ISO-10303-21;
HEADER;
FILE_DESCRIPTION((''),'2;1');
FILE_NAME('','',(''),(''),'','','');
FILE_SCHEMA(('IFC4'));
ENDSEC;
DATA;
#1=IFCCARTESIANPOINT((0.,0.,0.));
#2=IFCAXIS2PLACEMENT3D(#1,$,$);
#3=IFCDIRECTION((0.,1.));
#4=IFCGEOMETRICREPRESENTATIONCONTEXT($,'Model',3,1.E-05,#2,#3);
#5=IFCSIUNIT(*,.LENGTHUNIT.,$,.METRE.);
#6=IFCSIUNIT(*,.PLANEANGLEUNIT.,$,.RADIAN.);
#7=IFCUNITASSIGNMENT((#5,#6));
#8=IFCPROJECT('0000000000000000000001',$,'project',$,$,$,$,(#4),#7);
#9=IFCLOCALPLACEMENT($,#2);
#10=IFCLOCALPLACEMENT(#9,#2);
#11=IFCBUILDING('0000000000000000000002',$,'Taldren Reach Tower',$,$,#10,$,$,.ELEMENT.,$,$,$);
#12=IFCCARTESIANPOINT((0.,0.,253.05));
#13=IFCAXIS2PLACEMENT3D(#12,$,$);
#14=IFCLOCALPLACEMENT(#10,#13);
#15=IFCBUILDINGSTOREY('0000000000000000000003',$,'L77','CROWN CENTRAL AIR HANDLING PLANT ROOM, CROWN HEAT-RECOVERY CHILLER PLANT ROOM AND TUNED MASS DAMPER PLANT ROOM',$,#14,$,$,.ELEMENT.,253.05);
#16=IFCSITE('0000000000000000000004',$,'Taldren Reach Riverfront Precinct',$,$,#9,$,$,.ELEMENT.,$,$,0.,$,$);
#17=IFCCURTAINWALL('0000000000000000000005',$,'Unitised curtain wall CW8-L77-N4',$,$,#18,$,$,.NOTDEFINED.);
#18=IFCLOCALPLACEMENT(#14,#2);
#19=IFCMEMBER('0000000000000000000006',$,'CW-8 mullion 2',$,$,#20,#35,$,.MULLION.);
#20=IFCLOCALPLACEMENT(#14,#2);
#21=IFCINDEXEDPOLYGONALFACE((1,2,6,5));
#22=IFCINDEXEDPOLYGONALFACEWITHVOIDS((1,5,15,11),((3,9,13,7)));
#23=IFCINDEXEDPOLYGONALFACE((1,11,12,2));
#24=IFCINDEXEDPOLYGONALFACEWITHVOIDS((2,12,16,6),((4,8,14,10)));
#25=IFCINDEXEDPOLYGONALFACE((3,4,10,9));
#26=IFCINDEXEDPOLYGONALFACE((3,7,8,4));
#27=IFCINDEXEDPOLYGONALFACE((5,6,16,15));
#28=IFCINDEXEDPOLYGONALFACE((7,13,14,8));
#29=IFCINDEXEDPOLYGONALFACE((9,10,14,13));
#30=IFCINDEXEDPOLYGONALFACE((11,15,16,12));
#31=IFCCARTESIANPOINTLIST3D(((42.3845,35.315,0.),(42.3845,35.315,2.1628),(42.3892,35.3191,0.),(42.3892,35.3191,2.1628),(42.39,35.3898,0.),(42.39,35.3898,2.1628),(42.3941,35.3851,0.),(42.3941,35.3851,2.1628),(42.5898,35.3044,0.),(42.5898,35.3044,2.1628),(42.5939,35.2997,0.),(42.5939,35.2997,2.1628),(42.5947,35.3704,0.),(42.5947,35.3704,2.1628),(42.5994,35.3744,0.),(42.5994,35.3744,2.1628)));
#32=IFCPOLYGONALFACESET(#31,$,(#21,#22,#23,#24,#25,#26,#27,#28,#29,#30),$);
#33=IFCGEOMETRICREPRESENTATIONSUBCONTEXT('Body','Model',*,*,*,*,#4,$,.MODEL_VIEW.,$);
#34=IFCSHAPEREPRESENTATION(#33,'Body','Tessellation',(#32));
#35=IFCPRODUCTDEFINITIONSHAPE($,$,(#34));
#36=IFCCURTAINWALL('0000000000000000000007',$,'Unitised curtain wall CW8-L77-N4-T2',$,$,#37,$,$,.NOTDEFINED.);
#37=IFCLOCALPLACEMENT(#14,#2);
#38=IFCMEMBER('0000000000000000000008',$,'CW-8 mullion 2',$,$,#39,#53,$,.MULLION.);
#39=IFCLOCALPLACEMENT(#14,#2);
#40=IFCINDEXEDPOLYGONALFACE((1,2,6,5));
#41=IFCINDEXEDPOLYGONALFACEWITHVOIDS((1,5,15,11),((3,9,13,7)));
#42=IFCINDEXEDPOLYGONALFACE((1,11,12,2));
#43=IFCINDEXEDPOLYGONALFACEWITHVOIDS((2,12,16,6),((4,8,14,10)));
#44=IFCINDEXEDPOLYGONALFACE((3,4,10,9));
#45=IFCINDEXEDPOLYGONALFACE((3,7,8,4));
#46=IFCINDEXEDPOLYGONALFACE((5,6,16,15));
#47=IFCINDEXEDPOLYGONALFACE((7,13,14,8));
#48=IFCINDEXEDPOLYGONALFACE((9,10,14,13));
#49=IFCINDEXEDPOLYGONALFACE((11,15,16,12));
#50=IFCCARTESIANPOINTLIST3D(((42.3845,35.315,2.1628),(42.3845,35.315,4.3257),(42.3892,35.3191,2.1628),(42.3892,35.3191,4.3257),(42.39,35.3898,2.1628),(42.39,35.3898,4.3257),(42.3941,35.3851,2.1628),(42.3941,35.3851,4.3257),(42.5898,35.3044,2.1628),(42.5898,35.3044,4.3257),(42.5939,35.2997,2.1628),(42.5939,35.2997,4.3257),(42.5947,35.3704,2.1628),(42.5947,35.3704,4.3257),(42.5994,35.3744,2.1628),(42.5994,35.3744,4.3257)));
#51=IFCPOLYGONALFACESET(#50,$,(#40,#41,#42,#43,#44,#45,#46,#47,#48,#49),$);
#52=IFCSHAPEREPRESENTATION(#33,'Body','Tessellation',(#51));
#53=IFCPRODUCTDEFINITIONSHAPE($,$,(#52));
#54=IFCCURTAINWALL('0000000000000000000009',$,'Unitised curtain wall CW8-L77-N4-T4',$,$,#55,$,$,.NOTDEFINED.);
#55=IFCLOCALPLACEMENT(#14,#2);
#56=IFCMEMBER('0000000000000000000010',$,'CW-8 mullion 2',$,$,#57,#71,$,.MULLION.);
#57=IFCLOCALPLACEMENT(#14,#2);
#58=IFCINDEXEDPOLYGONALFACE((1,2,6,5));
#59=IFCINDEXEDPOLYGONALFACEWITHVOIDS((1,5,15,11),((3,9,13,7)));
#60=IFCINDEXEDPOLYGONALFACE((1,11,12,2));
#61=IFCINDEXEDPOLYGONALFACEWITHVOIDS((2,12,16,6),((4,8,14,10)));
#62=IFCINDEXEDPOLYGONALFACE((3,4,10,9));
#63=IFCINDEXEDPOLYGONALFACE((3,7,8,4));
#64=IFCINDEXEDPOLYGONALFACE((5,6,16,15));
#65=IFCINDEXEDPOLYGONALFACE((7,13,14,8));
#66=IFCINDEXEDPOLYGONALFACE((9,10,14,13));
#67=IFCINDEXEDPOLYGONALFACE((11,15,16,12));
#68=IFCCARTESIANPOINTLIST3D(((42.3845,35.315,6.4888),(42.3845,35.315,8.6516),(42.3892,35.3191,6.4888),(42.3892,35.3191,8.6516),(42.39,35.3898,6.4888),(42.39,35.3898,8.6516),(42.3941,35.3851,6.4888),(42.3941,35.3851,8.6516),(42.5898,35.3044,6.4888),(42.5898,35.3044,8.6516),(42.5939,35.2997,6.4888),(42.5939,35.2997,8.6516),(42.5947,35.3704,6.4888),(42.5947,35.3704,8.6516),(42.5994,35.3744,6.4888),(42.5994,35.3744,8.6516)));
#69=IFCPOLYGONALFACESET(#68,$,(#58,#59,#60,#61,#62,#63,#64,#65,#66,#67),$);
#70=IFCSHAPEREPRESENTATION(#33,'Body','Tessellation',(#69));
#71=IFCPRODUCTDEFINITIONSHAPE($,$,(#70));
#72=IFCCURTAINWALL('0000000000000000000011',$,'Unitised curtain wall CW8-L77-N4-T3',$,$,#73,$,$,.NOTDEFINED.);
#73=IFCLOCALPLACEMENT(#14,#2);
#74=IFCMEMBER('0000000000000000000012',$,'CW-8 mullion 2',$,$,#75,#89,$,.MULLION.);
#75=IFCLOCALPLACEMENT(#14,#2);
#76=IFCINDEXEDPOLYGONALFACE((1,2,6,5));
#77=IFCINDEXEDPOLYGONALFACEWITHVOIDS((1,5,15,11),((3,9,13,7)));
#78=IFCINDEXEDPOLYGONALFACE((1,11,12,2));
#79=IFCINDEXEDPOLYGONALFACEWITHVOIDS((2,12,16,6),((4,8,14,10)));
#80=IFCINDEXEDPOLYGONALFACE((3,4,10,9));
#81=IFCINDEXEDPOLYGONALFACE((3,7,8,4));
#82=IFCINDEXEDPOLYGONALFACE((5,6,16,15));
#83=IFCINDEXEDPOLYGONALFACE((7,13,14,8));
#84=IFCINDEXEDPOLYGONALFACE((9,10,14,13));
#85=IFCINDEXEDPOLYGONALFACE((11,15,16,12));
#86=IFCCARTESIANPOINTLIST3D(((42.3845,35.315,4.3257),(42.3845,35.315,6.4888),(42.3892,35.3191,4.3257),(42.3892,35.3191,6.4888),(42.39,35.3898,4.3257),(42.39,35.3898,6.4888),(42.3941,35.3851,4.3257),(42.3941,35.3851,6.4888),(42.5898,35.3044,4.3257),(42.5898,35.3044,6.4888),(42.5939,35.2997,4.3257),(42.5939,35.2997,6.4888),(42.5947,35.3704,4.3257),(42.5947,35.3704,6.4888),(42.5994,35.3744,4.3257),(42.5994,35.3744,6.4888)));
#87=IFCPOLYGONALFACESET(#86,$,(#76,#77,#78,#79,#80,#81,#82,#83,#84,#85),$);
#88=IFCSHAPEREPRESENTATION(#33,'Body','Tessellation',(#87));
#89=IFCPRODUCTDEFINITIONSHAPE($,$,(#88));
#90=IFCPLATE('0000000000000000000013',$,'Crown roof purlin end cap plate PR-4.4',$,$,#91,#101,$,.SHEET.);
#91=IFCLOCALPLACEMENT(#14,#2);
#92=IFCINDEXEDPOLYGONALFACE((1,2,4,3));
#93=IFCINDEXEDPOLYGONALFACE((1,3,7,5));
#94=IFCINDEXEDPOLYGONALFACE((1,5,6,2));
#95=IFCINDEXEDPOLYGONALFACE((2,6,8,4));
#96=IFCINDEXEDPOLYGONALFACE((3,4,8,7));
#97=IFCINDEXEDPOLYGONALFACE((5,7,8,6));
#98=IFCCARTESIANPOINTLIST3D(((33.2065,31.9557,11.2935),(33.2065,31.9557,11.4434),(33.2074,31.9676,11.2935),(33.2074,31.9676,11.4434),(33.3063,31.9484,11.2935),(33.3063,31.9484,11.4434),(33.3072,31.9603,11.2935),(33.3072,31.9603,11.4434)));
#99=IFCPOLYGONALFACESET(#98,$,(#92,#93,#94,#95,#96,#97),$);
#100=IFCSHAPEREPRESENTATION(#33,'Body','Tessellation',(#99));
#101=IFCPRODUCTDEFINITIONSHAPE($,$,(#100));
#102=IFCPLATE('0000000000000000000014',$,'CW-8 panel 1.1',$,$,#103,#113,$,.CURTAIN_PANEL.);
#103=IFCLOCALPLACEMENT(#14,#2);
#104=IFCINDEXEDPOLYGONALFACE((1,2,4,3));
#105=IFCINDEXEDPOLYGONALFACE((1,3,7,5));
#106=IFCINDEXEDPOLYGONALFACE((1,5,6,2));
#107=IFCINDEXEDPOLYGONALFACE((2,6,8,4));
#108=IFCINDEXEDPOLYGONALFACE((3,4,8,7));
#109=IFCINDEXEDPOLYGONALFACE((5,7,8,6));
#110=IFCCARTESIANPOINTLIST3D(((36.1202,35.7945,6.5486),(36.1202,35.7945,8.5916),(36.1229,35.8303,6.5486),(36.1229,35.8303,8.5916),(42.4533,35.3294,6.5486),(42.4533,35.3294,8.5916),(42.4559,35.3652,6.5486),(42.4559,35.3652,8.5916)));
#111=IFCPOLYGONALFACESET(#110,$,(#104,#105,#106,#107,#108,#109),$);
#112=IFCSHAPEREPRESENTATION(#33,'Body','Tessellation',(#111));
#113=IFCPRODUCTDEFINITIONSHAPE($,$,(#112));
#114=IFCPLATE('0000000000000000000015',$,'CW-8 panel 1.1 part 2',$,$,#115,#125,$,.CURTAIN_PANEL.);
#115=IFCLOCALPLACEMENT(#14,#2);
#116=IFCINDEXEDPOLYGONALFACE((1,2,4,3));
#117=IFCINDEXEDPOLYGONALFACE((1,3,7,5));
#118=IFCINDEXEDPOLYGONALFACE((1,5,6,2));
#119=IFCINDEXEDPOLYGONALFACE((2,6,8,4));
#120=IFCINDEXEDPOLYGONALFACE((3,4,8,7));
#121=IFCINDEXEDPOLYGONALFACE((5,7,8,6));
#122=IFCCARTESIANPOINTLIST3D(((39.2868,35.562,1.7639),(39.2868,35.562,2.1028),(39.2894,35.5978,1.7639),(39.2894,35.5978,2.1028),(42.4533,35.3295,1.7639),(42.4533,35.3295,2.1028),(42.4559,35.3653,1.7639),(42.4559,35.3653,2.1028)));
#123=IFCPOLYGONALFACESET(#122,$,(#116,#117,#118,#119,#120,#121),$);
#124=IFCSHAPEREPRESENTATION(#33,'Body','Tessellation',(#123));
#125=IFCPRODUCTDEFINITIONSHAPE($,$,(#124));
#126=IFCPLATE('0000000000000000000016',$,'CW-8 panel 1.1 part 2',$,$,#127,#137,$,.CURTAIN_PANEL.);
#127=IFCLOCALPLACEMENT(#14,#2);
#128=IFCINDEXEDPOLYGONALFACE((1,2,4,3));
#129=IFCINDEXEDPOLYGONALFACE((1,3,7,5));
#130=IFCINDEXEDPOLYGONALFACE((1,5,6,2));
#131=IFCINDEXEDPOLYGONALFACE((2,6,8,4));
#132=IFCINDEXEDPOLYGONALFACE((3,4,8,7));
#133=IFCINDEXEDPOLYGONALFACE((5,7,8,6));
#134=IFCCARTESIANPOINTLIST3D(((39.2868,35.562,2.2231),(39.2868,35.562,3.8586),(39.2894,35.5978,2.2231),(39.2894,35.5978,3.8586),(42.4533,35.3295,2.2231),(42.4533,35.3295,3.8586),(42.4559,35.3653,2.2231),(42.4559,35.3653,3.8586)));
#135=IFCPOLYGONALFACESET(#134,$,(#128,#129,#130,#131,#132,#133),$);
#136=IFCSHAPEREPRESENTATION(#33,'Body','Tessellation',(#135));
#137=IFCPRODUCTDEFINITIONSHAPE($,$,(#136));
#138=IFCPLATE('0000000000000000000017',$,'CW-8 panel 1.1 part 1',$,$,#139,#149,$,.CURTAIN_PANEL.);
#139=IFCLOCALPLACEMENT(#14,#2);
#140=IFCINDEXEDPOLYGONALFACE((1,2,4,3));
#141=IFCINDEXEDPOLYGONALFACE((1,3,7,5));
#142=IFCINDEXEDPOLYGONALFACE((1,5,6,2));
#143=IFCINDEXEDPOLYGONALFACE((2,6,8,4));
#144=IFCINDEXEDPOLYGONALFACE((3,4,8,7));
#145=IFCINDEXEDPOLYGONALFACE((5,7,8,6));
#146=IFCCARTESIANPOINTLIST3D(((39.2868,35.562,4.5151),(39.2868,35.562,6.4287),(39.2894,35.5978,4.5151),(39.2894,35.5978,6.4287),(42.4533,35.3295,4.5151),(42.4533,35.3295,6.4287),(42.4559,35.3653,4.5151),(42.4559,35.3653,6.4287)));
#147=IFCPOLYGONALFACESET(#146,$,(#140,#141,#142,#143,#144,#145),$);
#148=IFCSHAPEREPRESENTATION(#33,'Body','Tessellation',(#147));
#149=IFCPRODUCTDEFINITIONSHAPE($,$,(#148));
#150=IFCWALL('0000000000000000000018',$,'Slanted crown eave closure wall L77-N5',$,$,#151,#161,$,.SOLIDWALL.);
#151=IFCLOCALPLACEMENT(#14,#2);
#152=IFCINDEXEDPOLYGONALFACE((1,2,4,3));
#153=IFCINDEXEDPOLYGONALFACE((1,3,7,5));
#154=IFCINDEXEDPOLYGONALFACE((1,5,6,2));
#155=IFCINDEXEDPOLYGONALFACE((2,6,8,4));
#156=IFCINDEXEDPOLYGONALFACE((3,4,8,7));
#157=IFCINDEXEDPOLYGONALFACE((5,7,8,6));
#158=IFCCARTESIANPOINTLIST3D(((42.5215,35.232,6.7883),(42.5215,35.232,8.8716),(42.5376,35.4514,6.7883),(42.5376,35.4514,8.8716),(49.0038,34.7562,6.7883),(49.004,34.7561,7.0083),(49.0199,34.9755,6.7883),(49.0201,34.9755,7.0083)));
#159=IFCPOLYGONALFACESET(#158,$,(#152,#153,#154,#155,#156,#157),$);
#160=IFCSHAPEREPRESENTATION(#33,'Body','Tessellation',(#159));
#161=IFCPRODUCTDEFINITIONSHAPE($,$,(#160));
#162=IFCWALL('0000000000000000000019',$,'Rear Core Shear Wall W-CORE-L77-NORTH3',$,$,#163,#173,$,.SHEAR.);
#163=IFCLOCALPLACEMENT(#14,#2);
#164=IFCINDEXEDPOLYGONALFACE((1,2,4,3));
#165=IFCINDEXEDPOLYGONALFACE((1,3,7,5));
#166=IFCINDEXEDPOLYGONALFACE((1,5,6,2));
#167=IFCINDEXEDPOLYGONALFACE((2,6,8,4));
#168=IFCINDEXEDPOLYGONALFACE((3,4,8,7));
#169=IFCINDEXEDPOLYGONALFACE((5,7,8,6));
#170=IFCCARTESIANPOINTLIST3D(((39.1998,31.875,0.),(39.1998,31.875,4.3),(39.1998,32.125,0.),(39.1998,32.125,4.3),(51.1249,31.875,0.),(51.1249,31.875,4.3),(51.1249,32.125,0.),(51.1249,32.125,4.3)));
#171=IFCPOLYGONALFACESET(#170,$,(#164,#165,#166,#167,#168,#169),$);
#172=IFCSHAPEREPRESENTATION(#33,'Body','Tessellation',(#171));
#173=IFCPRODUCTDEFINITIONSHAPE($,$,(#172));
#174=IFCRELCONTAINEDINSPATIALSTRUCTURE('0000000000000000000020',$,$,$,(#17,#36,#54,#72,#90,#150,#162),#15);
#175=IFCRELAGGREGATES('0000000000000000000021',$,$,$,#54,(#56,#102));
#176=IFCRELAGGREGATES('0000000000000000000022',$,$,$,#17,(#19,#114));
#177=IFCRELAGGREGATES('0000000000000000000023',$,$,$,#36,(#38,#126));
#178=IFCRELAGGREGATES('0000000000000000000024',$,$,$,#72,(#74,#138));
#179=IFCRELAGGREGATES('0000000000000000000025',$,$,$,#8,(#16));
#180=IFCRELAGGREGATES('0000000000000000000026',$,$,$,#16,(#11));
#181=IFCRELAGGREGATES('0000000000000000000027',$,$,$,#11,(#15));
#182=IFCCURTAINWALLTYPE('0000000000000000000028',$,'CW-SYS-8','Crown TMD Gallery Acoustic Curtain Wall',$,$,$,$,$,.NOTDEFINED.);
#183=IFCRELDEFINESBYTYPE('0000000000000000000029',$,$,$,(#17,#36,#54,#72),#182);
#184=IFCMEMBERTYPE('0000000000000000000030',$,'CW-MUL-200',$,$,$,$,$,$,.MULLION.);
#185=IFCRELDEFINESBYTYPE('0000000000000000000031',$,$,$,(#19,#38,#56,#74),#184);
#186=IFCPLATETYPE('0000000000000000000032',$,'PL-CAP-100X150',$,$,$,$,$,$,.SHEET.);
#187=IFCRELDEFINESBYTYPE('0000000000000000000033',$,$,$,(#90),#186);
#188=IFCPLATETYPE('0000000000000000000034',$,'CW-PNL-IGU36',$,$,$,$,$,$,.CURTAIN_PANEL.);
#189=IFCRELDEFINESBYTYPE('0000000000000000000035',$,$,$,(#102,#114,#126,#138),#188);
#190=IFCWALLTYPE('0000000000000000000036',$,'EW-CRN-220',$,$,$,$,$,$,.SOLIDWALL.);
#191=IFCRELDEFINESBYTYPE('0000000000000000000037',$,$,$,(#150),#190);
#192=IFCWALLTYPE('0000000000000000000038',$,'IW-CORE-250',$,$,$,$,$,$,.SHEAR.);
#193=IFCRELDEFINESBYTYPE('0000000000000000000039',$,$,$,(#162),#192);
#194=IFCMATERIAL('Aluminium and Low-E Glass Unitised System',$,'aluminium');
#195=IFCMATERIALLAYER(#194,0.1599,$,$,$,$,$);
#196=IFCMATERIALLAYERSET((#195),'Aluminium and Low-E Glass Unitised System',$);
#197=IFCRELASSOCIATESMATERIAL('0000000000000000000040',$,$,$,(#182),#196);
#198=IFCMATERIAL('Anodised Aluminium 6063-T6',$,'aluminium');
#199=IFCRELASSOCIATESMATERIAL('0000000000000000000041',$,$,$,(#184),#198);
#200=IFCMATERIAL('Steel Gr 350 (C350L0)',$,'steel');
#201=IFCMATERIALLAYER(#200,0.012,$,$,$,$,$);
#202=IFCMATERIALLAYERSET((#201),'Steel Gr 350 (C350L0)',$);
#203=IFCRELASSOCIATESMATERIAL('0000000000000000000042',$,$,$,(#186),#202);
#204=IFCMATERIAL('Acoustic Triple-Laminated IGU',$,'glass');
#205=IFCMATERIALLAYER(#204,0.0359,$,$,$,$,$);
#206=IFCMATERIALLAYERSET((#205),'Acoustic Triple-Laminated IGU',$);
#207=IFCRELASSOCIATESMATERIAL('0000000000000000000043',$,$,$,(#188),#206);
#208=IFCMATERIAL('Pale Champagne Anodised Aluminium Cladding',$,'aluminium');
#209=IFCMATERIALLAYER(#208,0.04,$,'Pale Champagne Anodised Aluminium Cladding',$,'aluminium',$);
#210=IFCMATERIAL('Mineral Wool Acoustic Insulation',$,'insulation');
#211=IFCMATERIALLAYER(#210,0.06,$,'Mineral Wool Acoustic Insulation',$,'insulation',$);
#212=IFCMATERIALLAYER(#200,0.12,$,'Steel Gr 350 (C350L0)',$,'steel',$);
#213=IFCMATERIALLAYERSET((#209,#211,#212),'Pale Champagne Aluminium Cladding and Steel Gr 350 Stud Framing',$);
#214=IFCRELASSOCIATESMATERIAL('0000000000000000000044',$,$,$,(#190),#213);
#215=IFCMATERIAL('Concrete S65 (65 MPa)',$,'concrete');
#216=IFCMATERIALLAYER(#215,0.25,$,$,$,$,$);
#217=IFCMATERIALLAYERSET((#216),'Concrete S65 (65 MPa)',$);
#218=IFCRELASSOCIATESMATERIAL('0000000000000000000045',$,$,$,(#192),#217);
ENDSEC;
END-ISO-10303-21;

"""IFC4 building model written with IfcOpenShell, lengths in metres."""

from ifc_helpers import new_model, si_unit, direction, frame, frame_2d, origin, origin_2d, place, context, subcontext, project, spatial, polyline, rectangle, hollow_rectangle, outline, extrude, source, transform, mapped, material, layer, layer_set, material_profile, profile_set, type_object, element, aggregate, save


model = new_model("IFC4")

# Units and contexts
model_context = context("Model", 3, precision=1e-05, world=origin(), true_north=direction((0.0, 1.0)))
body_context = subcontext(model_context, "Body", "Model", "MODEL_VIEW")
ifc_project = project(units=[si_unit("LENGTHUNIT", "METRE"), si_unit("PLANEANGLEUNIT", "RADIAN")], contexts=[model_context])

# Site, building, storey
site_placement = place(None, origin())
site = spatial("IfcSite", under=ifc_project, at=site_placement, Name="Taldren Reach Riverfront Precinct", CompositionType="ELEMENT", RefElevation=0.0)
building_placement = place(site_placement, origin())
building = spatial("IfcBuilding", under=site, at=building_placement, Name="Taldren Reach Tower", CompositionType="ELEMENT")
storey_placement = place(building_placement, frame((0.0, 0.0, 253.05)))
storey = spatial("IfcBuildingStorey", under=building, at=storey_placement, Name="L77", Description="CROWN CENTRAL AIR HANDLING PLANT ROOM, CROWN HEAT-RECOVERY CHILLER PLANT ROOM AND TUNED MASS DAMPER PLANT ROOM", CompositionType="ELEMENT", Elevation=253.05)

# Shared definitions
ifc_material_1 = material(Name="Steel Gr 350 (C350L0)", Category="steel")

# Curtain walls, members
ifc_material_2 = material(Name="Aluminium and Low-E Glass Unitised System", Category="aluminium")
ifc_layer_1 = layer(ifc_material_2, 0.1599)
ifc_layer_set_1 = layer_set([ifc_layer_1], Name="Aluminium and Low-E Glass Unitised System")
curtain_wall_type = type_object("IfcCurtainWallType", Name="CW-SYS-8", Description="Crown TMD Gallery Acoustic Curtain Wall", PredefinedType="NOTDEFINED", material=ifc_layer_set_1)
curtain_wall_1_placement = place(storey_placement, origin())
curtain_wall_1 = element("IfcCurtainWall", 1, at=curtain_wall_1_placement, inside=storey, type_object=curtain_wall_type, Name="Unitised curtain wall CW8-L77-N4", PredefinedType="NOTDEFINED")
ifc_material_3 = material(Name="Anodised Aluminium 6063-T6", Category="aluminium")
ifc_material_profile_1 = material_profile(ifc_material_3, hollow_rectangle(XDim=0.075, YDim=0.21, WallThickness=0.0044, at=origin_2d()), Name="ALU-210x75x4.5RHS")
ifc_profile_set_1 = profile_set([ifc_material_profile_1], Name="Anodised Aluminium 6063-T6")
member_type_1 = type_object("IfcMemberType", Name="CW-MUL-200", PredefinedType="MULLION", material=ifc_profile_set_1)
shared_shape_1 = source(origin(), body_context, "Body", "SweptSolid", [
    extrude(hollow_rectangle(XDim=0.075, YDim=0.21, WallThickness=0.0044, at=origin_2d()), origin(), (0.0, 0.0, 1.0), 2.1628),
])
member_1_placement = place(storey_placement, frame((42.4919, 35.3447, 0.0), z_axis=(0.0, 0.0, 1.0), x_axis=(0.073239, 0.997314, 0.0)))
member_1 = element("IfcMember", 2, at=member_1_placement, type_object=member_type_1, Name="CW-8 mullion 2", PredefinedType="MULLION", context=body_context, shape_type="MappedRepresentation", body=[
    mapped(shared_shape_1, transform((0.0, 0.0, 0.0), scale=1.0)),
])
curtain_wall_2_placement = place(storey_placement, origin())
curtain_wall_2 = element("IfcCurtainWall", 3, at=curtain_wall_2_placement, inside=storey, type_object=curtain_wall_type, Name="Unitised curtain wall CW8-L77-N4-T2", PredefinedType="NOTDEFINED")
member_2_placement = place(storey_placement, frame((42.4919, 35.3447, 2.1628), z_axis=(0.0, 0.0, 1.0), x_axis=(0.073239, 0.997314, 0.0)))
member_2 = element("IfcMember", 4, at=member_2_placement, type_object=member_type_1, Name="CW-8 mullion 2", PredefinedType="MULLION", context=body_context, shape_type="MappedRepresentation", body=[
    mapped(shared_shape_1, transform((0.0, 0.0, 0.0), scale=1.0)),
])
curtain_wall_3_placement = place(storey_placement, origin())
curtain_wall_3 = element("IfcCurtainWall", 5, at=curtain_wall_3_placement, inside=storey, type_object=curtain_wall_type, Name="Unitised curtain wall CW8-L77-N4-T4", PredefinedType="NOTDEFINED")
member_3_placement = place(storey_placement, frame((42.4919, 35.3447, 6.4888), z_axis=(0.0, 0.0, 1.0), x_axis=(0.073239, 0.997314, 0.0)))
member_3 = element("IfcMember", 6, at=member_3_placement, type_object=member_type_1, Name="CW-8 mullion 2", PredefinedType="MULLION", context=body_context, shape_type="MappedRepresentation", body=[
    mapped(shared_shape_1, transform((0.0, 0.0, 0.0), scale=1.0)),
])
curtain_wall_4_placement = place(storey_placement, origin())
curtain_wall_4 = element("IfcCurtainWall", 7, at=curtain_wall_4_placement, inside=storey, type_object=curtain_wall_type, Name="Unitised curtain wall CW8-L77-N4-T3", PredefinedType="NOTDEFINED")
shared_shape_2 = source(origin(), body_context, "Body", "SweptSolid", [
    extrude(hollow_rectangle(XDim=0.075, YDim=0.21, WallThickness=0.0044, at=origin_2d()), origin(), (0.0, 0.0, 1.0), 2.1631),
])
member_4_placement = place(storey_placement, frame((42.4919, 35.3447, 4.3257), z_axis=(0.0, 0.0, 1.0), x_axis=(0.073239, 0.997314, 0.0)))
member_4 = element("IfcMember", 8, at=member_4_placement, type_object=member_type_1, Name="CW-8 mullion 2", PredefinedType="MULLION", context=body_context, shape_type="MappedRepresentation", body=[
    mapped(shared_shape_2, transform((0.0, 0.0, 0.0), scale=1.0)),
])

# Plates
ifc_layer_2 = layer(ifc_material_1, 0.012)
ifc_layer_set_2 = layer_set([ifc_layer_2], Name="Steel Gr 350 (C350L0)")
plate_type_1 = type_object("IfcPlateType", Name="PL-CAP-100X150", PredefinedType="SHEET", material=ifc_layer_set_2)
shared_shape_3 = source(origin(), body_context, "Body", "SweptSolid", [
    extrude(rectangle(XDim=0.1001, YDim=0.012, at=origin_2d()), origin(), (0.0, 0.0, 1.0), 0.1499),
])
plate_1_placement = place(storey_placement, frame((33.2568, 31.958, 11.2935), z_axis=(0.0, 0.0, 1.0), x_axis=(0.997314, -0.073238, 0.0)))
element("IfcPlate", 9, at=plate_1_placement, inside=storey, type_object=plate_type_1, Name="Crown roof purlin end cap plate PR-4.4", PredefinedType="SHEET", context=body_context, shape_type="MappedRepresentation", body=[
    mapped(shared_shape_3, transform((0.0, 0.0, 0.0), scale=1.0)),
])
ifc_material_4 = material(Name="Acoustic Triple-Laminated IGU", Category="glass")
ifc_layer_3 = layer(ifc_material_4, 0.0359)
ifc_layer_set_3 = layer_set([ifc_layer_3], Name="Acoustic Triple-Laminated IGU")
plate_type_2 = type_object("IfcPlateType", Name="CW-PNL-IGU36", PredefinedType="CURTAIN_PANEL", material=ifc_layer_set_3)
shared_shape_4 = source(origin(), body_context, "Body", "SweptSolid", [
    extrude(rectangle(XDim=6.3501, YDim=0.0359, at=origin_2d()), origin(), (0.0, 0.0, 1.0), 2.043),
])
plate_2_placement = place(storey_placement, frame((39.2881, 35.5798, 6.5486), z_axis=(0.0, 0.0, 1.0), x_axis=(0.997314, -0.073239, 0.0)))
plate_2 = element("IfcPlate", 10, at=plate_2_placement, type_object=plate_type_2, Name="CW-8 panel 1.1", PredefinedType="CURTAIN_PANEL", context=body_context, shape_type="MappedRepresentation", body=[
    mapped(shared_shape_4, transform((0.0, 0.0, 0.0), scale=1.0)),
])
aggregate(curtain_wall_3, [member_3, plate_2])
shared_shape_5 = source(origin(), body_context, "Body", "SweptSolid", [
    extrude(rectangle(XDim=3.175, YDim=0.0359, at=origin_2d()), origin(), (0.0, 0.0, 1.0), 0.3389),
])
plate_3_placement = place(storey_placement, frame((40.8713, 35.4636, 1.7639), z_axis=(0.0, 0.0, 1.0), x_axis=(0.997314, -0.073239, 0.0)))
plate_3 = element("IfcPlate", 11, at=plate_3_placement, type_object=plate_type_2, Name="CW-8 panel 1.1 part 2", PredefinedType="CURTAIN_PANEL", context=body_context, shape_type="MappedRepresentation", body=[
    mapped(shared_shape_5, transform((0.0, 0.0, 0.0), scale=1.0)),
])
aggregate(curtain_wall_1, [member_1, plate_3])
shared_shape_6 = source(origin(), body_context, "Body", "SweptSolid", [
    extrude(rectangle(XDim=3.175, YDim=0.0359, at=origin_2d()), origin(), (0.0, 0.0, 1.0), 1.6355),
])
plate_4_placement = place(storey_placement, frame((40.8713, 35.4636, 2.2231), z_axis=(0.0, 0.0, 1.0), x_axis=(0.997314, -0.073239, 0.0)))
plate_4 = element("IfcPlate", 12, at=plate_4_placement, type_object=plate_type_2, Name="CW-8 panel 1.1 part 2", PredefinedType="CURTAIN_PANEL", context=body_context, shape_type="MappedRepresentation", body=[
    mapped(shared_shape_6, transform((0.0, 0.0, 0.0), scale=1.0)),
])
aggregate(curtain_wall_2, [member_2, plate_4])
shared_shape_7 = source(origin(), body_context, "Body", "SweptSolid", [
    extrude(rectangle(XDim=3.175, YDim=0.0359, at=origin_2d()), origin(), (0.0, 0.0, 1.0), 1.9136),
])
plate_5_placement = place(storey_placement, frame((40.8713, 35.4636, 4.5151), z_axis=(0.0, 0.0, 1.0), x_axis=(0.997314, -0.073239, 0.0)))
plate_5 = element("IfcPlate", 13, at=plate_5_placement, type_object=plate_type_2, Name="CW-8 panel 1.1 part 1", PredefinedType="CURTAIN_PANEL", context=body_context, shape_type="MappedRepresentation", body=[
    mapped(shared_shape_7, transform((0.0, 0.0, 0.0), scale=1.0)),
])
aggregate(curtain_wall_4, [member_4, plate_5])

# Walls
ifc_material_5 = material(Name="Pale Champagne Anodised Aluminium Cladding", Category="aluminium")
ifc_layer_4 = layer(ifc_material_5, 0.04, Name="Pale Champagne Anodised Aluminium Cladding", Category="aluminium")
ifc_material_6 = material(Name="Mineral Wool Acoustic Insulation", Category="insulation")
ifc_layer_5 = layer(ifc_material_6, 0.06, Name="Mineral Wool Acoustic Insulation", Category="insulation")
ifc_layer_6 = layer(ifc_material_1, 0.12, Name="Steel Gr 350 (C350L0)", Category="steel")
ifc_layer_set_4 = layer_set([ifc_layer_4, ifc_layer_5, ifc_layer_6], Name="Pale Champagne Aluminium Cladding and Steel Gr 350 Stud Framing")
wall_type_1 = type_object("IfcWallType", Name="EW-CRN-220", PredefinedType="SOLIDWALL", material=ifc_layer_set_4)
wall_1_placement = place(storey_placement, frame((42.5295, 35.3418, 6.7883), z_axis=(0.0, 0.0, 1.0), x_axis=(0.997317, -0.073206, 0.0)))
element("IfcWall", 14, at=wall_1_placement, inside=storey, type_object=wall_type_1, Name="Slanted crown eave closure wall L77-N5", PredefinedType="SOLIDWALL", context=body_context, shape_type="SweptSolid", body=[
    extrude(outline(polyline([(0.0, 0.0), (6.4998, 0.0), (6.5, 0.22), (0.0, 2.0833), (0.0, 0.0)])), frame((0.0, 0.1099, 0.0), z_axis=(0.0, -1.0, 0.0), x_axis=(1.0, 0.0, 0.0)), (0.0, 0.0, 1.0), 0.22),
])
ifc_material_7 = material(Name="Concrete S65 (65 MPa)", Category="concrete")
ifc_layer_7 = layer(ifc_material_7, 0.25)
ifc_layer_set_5 = layer_set([ifc_layer_7], Name="Concrete S65 (65 MPa)")
wall_type_2 = type_object("IfcWallType", Name="IW-CORE-250", PredefinedType="SHEAR", material=ifc_layer_set_5)
shared_shape_8 = source(origin(), body_context, "Body", "SweptSolid", [
    extrude(rectangle(XDim=11.925, YDim=0.25, at=frame_2d((5.9624, 0.0))), origin(), (0.0, 0.0, 1.0), 4.3),
])
wall_2_placement = place(storey_placement, frame((39.2, 32.0, 0.0), z_axis=(0.0, 0.0, 1.0), x_axis=(1.0, 0.0, 0.0)))
element("IfcWall", 15, at=wall_2_placement, inside=storey, type_object=wall_type_2, Name="Rear Core Shear Wall W-CORE-L77-NORTH3", PredefinedType="SHEAR", context=body_context, shape_type="MappedRepresentation", body=[
    mapped(shared_shape_8, transform((0.0, 0.0, 0.0), scale=1.0)),
])

save(model, "model.ifc")
